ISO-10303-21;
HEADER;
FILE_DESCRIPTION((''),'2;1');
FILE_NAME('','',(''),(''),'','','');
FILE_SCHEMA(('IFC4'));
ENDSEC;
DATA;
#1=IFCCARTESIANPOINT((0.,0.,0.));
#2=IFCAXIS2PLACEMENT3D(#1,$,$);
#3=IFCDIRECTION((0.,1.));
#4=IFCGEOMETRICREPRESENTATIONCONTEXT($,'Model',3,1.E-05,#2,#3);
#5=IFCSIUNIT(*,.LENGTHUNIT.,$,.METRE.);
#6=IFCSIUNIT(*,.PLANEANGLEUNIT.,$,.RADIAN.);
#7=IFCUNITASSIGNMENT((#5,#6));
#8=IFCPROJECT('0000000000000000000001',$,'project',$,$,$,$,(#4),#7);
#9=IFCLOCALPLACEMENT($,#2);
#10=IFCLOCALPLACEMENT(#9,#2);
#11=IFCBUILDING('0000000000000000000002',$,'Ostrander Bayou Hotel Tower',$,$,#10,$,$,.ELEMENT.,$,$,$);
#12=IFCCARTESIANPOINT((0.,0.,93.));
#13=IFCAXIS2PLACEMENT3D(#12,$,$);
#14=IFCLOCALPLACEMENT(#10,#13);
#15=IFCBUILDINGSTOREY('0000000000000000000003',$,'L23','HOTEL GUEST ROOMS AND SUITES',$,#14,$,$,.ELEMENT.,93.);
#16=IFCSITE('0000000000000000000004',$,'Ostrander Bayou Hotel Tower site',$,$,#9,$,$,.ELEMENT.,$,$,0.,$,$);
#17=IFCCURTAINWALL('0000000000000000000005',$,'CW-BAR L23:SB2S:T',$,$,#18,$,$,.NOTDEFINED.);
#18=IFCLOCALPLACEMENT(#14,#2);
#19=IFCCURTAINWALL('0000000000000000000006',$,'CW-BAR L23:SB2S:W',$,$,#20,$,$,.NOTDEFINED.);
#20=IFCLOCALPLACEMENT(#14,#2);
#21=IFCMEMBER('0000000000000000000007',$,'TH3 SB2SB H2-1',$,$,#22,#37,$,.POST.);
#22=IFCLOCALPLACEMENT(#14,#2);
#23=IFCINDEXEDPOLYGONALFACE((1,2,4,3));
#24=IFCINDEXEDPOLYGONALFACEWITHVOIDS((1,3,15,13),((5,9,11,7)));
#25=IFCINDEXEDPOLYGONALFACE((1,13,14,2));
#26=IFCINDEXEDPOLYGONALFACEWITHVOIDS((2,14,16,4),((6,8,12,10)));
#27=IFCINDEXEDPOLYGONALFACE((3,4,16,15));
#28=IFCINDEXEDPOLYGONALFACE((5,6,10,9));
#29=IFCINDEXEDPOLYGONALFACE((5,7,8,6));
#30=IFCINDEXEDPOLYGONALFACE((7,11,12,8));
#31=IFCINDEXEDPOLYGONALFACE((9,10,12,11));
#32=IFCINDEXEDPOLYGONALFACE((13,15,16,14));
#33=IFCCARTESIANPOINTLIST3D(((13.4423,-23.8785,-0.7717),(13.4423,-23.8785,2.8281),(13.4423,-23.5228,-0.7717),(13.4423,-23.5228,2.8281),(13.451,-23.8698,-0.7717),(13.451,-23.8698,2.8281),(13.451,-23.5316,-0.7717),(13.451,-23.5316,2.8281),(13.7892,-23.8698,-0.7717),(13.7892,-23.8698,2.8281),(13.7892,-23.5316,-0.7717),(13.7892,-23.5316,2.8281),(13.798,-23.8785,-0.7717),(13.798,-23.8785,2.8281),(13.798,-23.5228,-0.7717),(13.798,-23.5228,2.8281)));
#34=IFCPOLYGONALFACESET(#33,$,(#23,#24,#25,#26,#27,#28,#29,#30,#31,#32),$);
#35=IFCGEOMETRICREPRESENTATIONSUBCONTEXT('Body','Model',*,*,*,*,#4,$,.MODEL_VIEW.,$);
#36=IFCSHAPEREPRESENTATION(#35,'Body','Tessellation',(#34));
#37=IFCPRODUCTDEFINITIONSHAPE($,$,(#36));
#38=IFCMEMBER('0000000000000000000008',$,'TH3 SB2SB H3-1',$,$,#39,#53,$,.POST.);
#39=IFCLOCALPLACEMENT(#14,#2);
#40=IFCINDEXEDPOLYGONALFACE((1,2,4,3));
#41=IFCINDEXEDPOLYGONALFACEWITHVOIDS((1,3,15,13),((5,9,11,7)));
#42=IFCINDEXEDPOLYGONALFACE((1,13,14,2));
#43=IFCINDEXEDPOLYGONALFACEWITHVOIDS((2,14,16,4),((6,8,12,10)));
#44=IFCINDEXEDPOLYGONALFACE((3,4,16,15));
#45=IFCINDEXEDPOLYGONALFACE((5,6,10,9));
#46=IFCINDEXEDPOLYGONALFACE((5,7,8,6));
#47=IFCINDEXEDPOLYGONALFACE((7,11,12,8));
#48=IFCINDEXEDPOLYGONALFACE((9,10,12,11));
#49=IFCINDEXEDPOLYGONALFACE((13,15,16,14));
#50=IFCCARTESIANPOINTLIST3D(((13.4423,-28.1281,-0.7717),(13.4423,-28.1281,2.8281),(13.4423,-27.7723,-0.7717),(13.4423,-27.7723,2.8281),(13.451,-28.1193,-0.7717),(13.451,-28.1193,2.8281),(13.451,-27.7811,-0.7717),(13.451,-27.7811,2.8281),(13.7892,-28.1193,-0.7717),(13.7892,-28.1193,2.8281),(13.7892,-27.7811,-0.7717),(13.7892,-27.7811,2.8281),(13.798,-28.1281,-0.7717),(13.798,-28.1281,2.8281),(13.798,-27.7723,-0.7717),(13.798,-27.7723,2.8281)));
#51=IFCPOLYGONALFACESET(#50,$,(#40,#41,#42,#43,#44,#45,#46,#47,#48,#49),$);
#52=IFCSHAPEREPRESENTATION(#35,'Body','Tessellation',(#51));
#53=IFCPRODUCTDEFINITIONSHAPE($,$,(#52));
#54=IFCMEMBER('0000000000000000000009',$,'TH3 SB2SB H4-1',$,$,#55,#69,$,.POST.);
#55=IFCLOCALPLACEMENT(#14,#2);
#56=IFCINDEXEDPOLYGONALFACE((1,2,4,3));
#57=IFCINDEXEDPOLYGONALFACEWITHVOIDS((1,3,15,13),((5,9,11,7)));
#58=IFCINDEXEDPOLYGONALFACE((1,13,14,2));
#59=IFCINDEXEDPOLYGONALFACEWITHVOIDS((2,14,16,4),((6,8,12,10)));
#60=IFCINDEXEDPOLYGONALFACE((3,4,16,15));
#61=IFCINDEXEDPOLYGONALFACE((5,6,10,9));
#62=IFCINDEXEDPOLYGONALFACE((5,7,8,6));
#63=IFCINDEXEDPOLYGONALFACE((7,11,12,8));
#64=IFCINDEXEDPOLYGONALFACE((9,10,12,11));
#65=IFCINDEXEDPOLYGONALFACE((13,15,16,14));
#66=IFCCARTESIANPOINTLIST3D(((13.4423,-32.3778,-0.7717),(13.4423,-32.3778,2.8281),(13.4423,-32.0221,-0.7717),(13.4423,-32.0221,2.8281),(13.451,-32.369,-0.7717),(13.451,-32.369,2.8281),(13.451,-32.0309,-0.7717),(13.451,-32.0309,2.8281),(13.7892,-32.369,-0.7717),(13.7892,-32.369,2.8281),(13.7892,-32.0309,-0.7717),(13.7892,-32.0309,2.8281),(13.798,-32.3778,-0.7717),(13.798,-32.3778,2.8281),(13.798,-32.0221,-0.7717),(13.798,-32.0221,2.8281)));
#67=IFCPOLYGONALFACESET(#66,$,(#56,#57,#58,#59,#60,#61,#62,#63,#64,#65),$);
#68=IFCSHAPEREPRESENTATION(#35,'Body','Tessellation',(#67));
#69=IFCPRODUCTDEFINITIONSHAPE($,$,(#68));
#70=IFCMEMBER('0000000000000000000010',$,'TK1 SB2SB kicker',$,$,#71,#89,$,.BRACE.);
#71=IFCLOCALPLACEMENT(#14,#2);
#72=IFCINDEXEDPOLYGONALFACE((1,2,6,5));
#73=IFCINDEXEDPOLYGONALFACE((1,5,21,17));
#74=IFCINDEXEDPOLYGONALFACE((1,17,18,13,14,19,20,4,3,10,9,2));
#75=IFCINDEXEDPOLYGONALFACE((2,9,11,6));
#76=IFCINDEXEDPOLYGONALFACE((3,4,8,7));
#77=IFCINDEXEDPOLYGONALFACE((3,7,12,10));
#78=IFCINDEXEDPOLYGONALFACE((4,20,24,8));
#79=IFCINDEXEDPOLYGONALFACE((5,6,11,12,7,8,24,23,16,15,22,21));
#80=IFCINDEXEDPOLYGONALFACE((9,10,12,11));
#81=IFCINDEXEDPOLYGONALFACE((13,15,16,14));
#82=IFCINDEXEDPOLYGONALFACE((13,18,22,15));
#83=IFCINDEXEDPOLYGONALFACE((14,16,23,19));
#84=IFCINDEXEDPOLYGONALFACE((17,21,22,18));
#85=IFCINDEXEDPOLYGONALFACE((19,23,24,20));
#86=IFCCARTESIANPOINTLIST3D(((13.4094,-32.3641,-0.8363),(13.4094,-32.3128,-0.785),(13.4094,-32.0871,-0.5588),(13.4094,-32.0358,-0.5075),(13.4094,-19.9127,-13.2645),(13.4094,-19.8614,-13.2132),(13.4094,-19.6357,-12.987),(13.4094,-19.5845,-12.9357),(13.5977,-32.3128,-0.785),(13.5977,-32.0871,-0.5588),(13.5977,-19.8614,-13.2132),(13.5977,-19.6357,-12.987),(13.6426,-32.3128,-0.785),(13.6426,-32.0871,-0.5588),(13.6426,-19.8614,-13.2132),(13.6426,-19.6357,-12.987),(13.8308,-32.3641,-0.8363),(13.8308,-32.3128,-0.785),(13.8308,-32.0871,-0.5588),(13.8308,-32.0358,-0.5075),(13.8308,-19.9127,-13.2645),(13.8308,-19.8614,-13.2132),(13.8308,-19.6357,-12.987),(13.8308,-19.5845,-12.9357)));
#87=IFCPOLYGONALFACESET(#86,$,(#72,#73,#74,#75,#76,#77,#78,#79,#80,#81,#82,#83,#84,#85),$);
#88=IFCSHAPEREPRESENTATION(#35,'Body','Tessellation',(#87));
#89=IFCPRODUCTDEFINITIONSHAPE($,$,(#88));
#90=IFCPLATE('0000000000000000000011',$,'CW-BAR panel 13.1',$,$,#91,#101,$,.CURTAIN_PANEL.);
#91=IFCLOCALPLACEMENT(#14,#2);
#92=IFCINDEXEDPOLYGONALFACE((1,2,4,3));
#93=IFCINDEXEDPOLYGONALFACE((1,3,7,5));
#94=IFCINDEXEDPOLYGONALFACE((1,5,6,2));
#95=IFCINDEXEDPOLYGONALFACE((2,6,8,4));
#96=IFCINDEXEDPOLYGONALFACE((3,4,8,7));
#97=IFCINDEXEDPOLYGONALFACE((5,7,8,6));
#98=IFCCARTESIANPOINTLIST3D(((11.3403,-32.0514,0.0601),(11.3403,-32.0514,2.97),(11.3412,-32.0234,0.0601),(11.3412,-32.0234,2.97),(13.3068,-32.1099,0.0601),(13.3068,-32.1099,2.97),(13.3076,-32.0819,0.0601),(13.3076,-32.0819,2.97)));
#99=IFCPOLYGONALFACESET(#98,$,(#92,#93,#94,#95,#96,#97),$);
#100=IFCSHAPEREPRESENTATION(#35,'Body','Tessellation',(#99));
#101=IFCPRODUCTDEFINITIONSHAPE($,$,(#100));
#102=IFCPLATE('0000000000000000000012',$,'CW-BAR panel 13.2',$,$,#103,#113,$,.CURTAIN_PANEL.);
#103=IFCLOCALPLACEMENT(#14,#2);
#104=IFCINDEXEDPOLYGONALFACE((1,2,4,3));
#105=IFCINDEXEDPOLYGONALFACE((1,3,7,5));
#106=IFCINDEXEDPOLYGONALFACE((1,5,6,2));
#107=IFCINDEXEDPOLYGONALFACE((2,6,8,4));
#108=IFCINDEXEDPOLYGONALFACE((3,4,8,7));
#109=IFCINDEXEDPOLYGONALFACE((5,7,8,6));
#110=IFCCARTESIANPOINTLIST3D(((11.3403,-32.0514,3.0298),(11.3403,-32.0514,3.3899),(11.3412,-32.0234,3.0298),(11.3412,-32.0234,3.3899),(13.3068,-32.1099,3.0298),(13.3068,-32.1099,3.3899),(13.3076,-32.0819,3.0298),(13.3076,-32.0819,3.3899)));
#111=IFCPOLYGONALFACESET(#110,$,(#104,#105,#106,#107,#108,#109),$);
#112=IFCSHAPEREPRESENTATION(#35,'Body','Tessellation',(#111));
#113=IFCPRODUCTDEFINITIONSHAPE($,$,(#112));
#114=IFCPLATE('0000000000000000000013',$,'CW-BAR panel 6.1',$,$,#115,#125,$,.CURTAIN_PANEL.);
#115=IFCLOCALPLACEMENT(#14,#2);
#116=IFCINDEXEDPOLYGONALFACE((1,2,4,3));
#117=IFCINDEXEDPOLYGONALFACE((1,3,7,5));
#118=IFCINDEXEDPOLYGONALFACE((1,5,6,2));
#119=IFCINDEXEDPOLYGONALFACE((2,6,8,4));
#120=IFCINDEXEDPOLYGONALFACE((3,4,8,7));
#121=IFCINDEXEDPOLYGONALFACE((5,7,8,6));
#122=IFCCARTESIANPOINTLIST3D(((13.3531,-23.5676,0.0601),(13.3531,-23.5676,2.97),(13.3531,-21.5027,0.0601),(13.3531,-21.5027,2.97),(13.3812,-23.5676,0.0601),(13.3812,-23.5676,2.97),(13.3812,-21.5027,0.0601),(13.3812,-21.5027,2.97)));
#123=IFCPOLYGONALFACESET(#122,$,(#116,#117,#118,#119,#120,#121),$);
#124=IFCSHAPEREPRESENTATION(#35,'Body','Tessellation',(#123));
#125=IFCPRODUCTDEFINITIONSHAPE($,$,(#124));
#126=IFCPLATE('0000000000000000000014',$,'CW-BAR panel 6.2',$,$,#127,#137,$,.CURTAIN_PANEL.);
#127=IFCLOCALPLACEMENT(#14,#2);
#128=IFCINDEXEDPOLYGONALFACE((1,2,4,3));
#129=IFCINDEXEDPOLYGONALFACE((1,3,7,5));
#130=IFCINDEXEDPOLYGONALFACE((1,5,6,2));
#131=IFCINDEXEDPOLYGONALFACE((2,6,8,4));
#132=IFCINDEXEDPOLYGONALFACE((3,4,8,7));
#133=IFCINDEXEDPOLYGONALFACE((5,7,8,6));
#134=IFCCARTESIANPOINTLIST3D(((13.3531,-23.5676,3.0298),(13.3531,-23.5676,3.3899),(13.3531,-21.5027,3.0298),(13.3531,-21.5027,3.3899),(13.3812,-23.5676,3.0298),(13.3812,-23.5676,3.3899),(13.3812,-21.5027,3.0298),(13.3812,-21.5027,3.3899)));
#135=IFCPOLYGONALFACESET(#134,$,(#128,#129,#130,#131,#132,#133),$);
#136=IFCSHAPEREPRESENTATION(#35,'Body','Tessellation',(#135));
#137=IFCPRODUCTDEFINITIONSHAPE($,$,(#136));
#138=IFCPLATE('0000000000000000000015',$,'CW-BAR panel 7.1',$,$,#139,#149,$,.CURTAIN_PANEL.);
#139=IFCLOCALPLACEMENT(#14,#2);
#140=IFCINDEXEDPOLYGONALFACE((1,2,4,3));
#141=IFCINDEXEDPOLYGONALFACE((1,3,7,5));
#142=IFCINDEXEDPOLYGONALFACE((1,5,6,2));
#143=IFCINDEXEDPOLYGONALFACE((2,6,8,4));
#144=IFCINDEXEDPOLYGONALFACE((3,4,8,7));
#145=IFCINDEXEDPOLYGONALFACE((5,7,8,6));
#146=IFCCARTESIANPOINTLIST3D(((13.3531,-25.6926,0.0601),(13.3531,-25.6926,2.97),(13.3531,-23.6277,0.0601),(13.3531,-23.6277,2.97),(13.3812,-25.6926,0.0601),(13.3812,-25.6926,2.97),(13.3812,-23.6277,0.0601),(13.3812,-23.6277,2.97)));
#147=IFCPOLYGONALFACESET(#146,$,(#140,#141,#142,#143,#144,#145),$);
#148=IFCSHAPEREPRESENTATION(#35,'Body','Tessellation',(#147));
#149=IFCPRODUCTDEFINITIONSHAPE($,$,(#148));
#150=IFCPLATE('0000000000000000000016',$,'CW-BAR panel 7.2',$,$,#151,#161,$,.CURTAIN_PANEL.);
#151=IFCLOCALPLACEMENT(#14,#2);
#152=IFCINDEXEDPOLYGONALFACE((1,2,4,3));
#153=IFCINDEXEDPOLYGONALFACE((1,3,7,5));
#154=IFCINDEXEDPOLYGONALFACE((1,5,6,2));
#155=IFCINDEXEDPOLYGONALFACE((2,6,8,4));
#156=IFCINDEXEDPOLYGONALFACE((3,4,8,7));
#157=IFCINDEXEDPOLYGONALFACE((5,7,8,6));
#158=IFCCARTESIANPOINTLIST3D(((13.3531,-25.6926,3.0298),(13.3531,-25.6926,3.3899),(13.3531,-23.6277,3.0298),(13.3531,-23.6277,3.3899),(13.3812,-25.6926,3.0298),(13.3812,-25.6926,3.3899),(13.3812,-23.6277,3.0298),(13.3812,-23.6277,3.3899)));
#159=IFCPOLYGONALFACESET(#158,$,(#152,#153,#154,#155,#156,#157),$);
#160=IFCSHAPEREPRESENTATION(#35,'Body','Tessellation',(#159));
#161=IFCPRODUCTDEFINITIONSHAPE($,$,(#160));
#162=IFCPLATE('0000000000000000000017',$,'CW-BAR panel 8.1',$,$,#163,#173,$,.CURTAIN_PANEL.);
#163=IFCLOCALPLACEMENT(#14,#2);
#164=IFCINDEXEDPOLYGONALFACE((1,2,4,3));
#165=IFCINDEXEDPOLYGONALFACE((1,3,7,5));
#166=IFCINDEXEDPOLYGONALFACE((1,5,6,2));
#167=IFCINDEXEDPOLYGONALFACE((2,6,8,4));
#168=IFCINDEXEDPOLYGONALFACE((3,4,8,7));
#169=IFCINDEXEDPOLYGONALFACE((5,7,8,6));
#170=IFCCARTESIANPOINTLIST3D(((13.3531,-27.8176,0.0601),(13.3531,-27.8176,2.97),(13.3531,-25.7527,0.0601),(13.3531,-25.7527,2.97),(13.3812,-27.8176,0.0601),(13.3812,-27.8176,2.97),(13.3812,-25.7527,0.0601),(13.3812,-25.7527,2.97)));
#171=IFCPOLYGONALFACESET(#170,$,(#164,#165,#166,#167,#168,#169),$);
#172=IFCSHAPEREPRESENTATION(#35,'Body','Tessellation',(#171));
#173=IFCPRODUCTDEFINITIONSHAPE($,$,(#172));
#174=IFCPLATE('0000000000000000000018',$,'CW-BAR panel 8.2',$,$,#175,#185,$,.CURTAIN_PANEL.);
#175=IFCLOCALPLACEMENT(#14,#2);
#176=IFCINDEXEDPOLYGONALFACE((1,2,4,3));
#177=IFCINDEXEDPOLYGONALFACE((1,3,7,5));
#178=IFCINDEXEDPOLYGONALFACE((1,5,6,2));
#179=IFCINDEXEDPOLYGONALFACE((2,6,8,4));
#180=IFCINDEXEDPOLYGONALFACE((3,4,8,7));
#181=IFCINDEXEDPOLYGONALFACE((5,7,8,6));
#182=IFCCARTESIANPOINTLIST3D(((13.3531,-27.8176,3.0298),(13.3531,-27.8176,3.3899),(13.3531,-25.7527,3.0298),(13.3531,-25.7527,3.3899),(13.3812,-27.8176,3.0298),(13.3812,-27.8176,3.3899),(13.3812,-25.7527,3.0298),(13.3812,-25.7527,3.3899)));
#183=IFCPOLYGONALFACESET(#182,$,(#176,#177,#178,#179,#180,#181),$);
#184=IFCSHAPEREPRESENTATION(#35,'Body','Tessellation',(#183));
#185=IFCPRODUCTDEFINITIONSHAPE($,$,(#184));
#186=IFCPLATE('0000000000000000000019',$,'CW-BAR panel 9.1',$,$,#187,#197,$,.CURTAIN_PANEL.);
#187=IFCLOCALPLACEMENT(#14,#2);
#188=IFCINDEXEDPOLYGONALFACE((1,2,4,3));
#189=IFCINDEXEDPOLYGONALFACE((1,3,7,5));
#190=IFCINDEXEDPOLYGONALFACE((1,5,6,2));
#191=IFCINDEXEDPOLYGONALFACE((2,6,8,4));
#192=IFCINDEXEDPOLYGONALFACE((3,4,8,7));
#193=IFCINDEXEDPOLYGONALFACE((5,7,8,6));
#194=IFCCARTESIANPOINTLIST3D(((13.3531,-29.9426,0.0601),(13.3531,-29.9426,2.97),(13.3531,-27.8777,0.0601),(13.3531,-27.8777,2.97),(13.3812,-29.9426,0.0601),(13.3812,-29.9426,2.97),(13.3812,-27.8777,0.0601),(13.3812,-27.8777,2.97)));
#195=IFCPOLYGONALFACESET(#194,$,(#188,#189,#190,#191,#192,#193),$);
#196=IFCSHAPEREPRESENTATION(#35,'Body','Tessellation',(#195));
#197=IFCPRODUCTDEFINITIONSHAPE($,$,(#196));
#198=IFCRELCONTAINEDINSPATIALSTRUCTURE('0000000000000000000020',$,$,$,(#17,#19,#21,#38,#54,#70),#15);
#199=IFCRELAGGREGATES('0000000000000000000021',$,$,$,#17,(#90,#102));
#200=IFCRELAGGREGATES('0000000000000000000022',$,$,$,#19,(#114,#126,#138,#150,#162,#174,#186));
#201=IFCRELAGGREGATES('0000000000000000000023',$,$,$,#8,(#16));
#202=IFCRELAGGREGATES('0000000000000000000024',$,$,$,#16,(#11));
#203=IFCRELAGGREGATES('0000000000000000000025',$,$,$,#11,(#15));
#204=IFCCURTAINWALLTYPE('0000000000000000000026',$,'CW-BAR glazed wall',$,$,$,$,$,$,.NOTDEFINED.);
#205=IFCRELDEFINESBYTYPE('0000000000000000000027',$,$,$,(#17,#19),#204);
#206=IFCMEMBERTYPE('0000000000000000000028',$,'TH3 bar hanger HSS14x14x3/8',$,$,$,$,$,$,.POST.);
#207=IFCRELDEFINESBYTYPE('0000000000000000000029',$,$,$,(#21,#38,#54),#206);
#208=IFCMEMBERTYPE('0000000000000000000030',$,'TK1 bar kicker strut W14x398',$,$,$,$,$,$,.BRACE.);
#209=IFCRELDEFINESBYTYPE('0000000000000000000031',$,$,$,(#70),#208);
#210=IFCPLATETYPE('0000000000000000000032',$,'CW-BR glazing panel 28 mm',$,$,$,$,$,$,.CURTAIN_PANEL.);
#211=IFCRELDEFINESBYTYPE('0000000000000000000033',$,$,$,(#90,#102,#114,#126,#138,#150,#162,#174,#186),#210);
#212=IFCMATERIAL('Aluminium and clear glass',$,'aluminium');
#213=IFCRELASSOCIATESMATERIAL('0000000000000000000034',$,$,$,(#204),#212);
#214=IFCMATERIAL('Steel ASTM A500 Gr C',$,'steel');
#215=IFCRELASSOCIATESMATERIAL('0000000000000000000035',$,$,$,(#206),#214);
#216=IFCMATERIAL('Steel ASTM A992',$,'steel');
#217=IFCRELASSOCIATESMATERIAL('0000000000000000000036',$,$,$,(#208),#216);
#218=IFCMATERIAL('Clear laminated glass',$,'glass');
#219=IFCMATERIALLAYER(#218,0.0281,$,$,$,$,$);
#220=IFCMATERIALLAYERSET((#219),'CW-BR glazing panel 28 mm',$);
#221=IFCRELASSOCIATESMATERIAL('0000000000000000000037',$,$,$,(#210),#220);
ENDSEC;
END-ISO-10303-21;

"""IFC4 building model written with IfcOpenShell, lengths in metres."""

from ifc_helpers import new_model, si_unit, direction, frame, origin, origin_2d, place, context, subcontext, project, spatial, rectangle, hollow_rectangle, i_section, extrude, material, layer, layer_set, material_profile, profile_set, type_object, element, aggregate, save


model = new_model("IFC4")

# Units and contexts
model_context = context("Model", 3, precision=1e-05, world=origin(), true_north=direction((0.0, 1.0)))
body_context = subcontext(model_context, "Body", "Model", "MODEL_VIEW")
ifc_project = project(units=[si_unit("LENGTHUNIT", "METRE"), si_unit("PLANEANGLEUNIT", "RADIAN")], contexts=[model_context])

# Site, building, storey
site_placement = place(None, origin())
site = spatial("IfcSite", under=ifc_project, at=site_placement, Name="Ostrander Bayou Hotel Tower site", CompositionType="ELEMENT", RefElevation=0.0)
building_placement = place(site_placement, origin())
building = spatial("IfcBuilding", under=site, at=building_placement, Name="Ostrander Bayou Hotel Tower", CompositionType="ELEMENT")
storey_placement = place(building_placement, frame((0.0, 0.0, 93.0)))
storey = spatial("IfcBuildingStorey", under=building, at=storey_placement, Name="L23", Description="HOTEL GUEST ROOMS AND SUITES", CompositionType="ELEMENT", Elevation=93.0)

# Curtain wall
ifc_material_1 = material(Name="Aluminium and clear glass", Category="aluminium")
curtain_wall_type = type_object("IfcCurtainWallType", Name="CW-BAR glazed wall", PredefinedType="NOTDEFINED", material=ifc_material_1)
curtain_wall_1_placement = place(storey_placement, origin())
curtain_wall_1 = element("IfcCurtainWall", 1, at=curtain_wall_1_placement, inside=storey, type_object=curtain_wall_type, Name="CW-BAR L23:SB2S:T", PredefinedType="NOTDEFINED")

# Curtain wall
curtain_wall_2_placement = place(storey_placement, origin())
curtain_wall_2 = element("IfcCurtainWall", 2, at=curtain_wall_2_placement, inside=storey, type_object=curtain_wall_type, Name="CW-BAR L23:SB2S:W", PredefinedType="NOTDEFINED")

# Members
ifc_material_2 = material(Name="Steel ASTM A500 Gr C", Category="steel")
ifc_material_profile_1 = material_profile(ifc_material_2, hollow_rectangle(XDim=0.3557, YDim=0.3557, WallThickness=0.0088, at=origin_2d()))
ifc_profile_set_1 = profile_set([ifc_material_profile_1], Name="Steel ASTM A500 Gr C")
member_type_1 = type_object("IfcMemberType", Name="TH3 bar hanger HSS14x14x3/8", PredefinedType="POST", material=ifc_profile_set_1)
for number, where, z_axis, x_axis, name in (
    (3, (13.6201, -23.7007, -0.7717), (0.0, 0.0, 1.0), (1.0, 0.0, 0.0), "TH3 SB2SB H2-1"),
    (4, (13.6201, -27.9502, -0.7717), (0.0, 0.0, 1.0), (1.0, 0.0, 0.0), "TH3 SB2SB H3-1"),
    (5, (13.6201, -32.2, -0.7717), (0.0, 0.0, 1.0), (1.0, 0.0, 0.0), "TH3 SB2SB H4-1"),
):
    element("IfcMember", number, at=place(storey_placement, frame(where, z_axis=z_axis, x_axis=x_axis)), inside=storey, type_object=member_type_1, Name=name, PredefinedType="POST", context=body_context, shape_type="SweptSolid", body=[
        extrude(hollow_rectangle(XDim=0.3557, YDim=0.3557, WallThickness=0.0088, at=origin_2d()), origin(), (0.0, 0.0, 1.0), 3.5999),
    ])
ifc_material_3 = material(Name="Steel ASTM A992", Category="steel")
ifc_material_profile_2 = material_profile(ifc_material_3, i_section(OverallWidth=0.4214, OverallDepth=0.4646, WebThickness=0.0449, FlangeThickness=0.0725, at=origin_2d()))
ifc_profile_set_2 = profile_set([ifc_material_profile_2], Name="Steel ASTM A992")
member_type_2 = type_object("IfcMemberType", Name="TK1 bar kicker strut W14x398", PredefinedType="BRACE", material=ifc_profile_set_2)
member_1_placement = place(storey_placement, frame((13.6201, -32.2, -0.6719), z_axis=(0.0, 0.707766, -0.706447), x_axis=(-1.0, 0.0, 0.0)))
element("IfcMember", 6, at=member_1_placement, inside=storey, type_object=member_type_2, Name="TK1 SB2SB kicker", PredefinedType="BRACE", context=body_context, shape_type="SweptSolid", body=[
    extrude(i_section(OverallWidth=0.4214, OverallDepth=0.4646, WebThickness=0.0449, FlangeThickness=0.0725, at=origin_2d()), origin(), (0.0, 0.0, 1.0), 17.5925),
])

# Plates
ifc_material_4 = material(Name="Clear laminated glass", Category="glass")
ifc_layer_1 = layer(ifc_material_4, 0.0281)
ifc_layer_set_1 = layer_set([ifc_layer_1], Name="CW-BR glazing panel 28 mm")
plate_type = type_object("IfcPlateType", Name="CW-BR glazing panel 28 mm", PredefinedType="CURTAIN_PANEL", material=ifc_layer_set_1)
plate_1_placement = place(storey_placement, frame((12.324, -32.0667, 0.0601), z_axis=(0.0, 0.0, 1.0), x_axis=(0.999557, -0.029746, 0.0)))
plate_1 = element("IfcPlate", 7, at=plate_1_placement, type_object=plate_type, Name="CW-BAR panel 13.1", PredefinedType="CURTAIN_PANEL", context=body_context, shape_type="SweptSolid", body=[
    extrude(rectangle(XDim=1.9673, YDim=0.0281, at=origin_2d()), origin(), (0.0, 0.0, 1.0), 2.9099),
])
plate_2_placement = place(storey_placement, frame((12.324, -32.0667, 3.0298), z_axis=(0.0, 0.0, 1.0), x_axis=(0.999557, -0.029746, 0.0)))
plate_2 = element("IfcPlate", 8, at=plate_2_placement, type_object=plate_type, Name="CW-BAR panel 13.2", PredefinedType="CURTAIN_PANEL", context=body_context, shape_type="SweptSolid", body=[
    extrude(rectangle(XDim=1.9673, YDim=0.0281, at=origin_2d()), origin(), (0.0, 0.0, 1.0), 0.3601),
])
aggregate(curtain_wall_1, [plate_1, plate_2])
plate_3_placement = place(storey_placement, frame((13.3672, -22.5352, 0.0601), z_axis=(0.0, 0.0, 1.0), x_axis=(0.0, -1.0, 0.0)))
plate_3 = element("IfcPlate", 9, at=plate_3_placement, type_object=plate_type, Name="CW-BAR panel 6.1", PredefinedType="CURTAIN_PANEL", context=body_context, shape_type="SweptSolid", body=[
    extrude(rectangle(XDim=2.0649, YDim=0.0281, at=origin_2d()), origin(), (0.0, 0.0, 1.0), 2.9099),
])
plate_4_placement = place(storey_placement, frame((13.3672, -22.5352, 3.0298), z_axis=(0.0, 0.0, 1.0), x_axis=(0.0, -1.0, 0.0)))
plate_4 = element("IfcPlate", 10, at=plate_4_placement, type_object=plate_type, Name="CW-BAR panel 6.2", PredefinedType="CURTAIN_PANEL", context=body_context, shape_type="SweptSolid", body=[
    extrude(rectangle(XDim=2.0649, YDim=0.0281, at=origin_2d()), origin(), (0.0, 0.0, 1.0), 0.3601),
])
plate_5_placement = place(storey_placement, frame((13.3672, -24.6602, 0.0601), z_axis=(0.0, 0.0, 1.0), x_axis=(0.0, -1.0, 0.0)))
plate_5 = element("IfcPlate", 11, at=plate_5_placement, type_object=plate_type, Name="CW-BAR panel 7.1", PredefinedType="CURTAIN_PANEL", context=body_context, shape_type="SweptSolid", body=[
    extrude(rectangle(XDim=2.0649, YDim=0.0281, at=origin_2d()), origin(), (0.0, 0.0, 1.0), 2.9099),
])
plate_6_placement = place(storey_placement, frame((13.3672, -24.6602, 3.0298), z_axis=(0.0, 0.0, 1.0), x_axis=(0.0, -1.0, 0.0)))
plate_6 = element("IfcPlate", 12, at=plate_6_placement, type_object=plate_type, Name="CW-BAR panel 7.2", PredefinedType="CURTAIN_PANEL", context=body_context, shape_type="SweptSolid", body=[
    extrude(rectangle(XDim=2.0649, YDim=0.0281, at=origin_2d()), origin(), (0.0, 0.0, 1.0), 0.3601),
])
plate_7_placement = place(storey_placement, frame((13.3672, -26.7852, 0.0601), z_axis=(0.0, 0.0, 1.0), x_axis=(0.0, -1.0, 0.0)))
plate_7 = element("IfcPlate", 13, at=plate_7_placement, type_object=plate_type, Name="CW-BAR panel 8.1", PredefinedType="CURTAIN_PANEL", context=body_context, shape_type="SweptSolid", body=[
    extrude(rectangle(XDim=2.0649, YDim=0.0281, at=origin_2d()), origin(), (0.0, 0.0, 1.0), 2.9099),
])
plate_8_placement = place(storey_placement, frame((13.3672, -26.7852, 3.0298), z_axis=(0.0, 0.0, 1.0), x_axis=(0.0, -1.0, 0.0)))
plate_8 = element("IfcPlate", 14, at=plate_8_placement, type_object=plate_type, Name="CW-BAR panel 8.2", PredefinedType="CURTAIN_PANEL", context=body_context, shape_type="SweptSolid", body=[
    extrude(rectangle(XDim=2.0649, YDim=0.0281, at=origin_2d()), origin(), (0.0, 0.0, 1.0), 0.3601),
])
plate_9_placement = place(storey_placement, frame((13.3672, -28.9102, 0.0601), z_axis=(0.0, 0.0, 1.0), x_axis=(0.0, -1.0, 0.0)))
plate_9 = element("IfcPlate", 15, at=plate_9_placement, type_object=plate_type, Name="CW-BAR panel 9.1", PredefinedType="CURTAIN_PANEL", context=body_context, shape_type="SweptSolid", body=[
    extrude(rectangle(XDim=2.0649, YDim=0.0281, at=origin_2d()), origin(), (0.0, 0.0, 1.0), 2.9099),
])
aggregate(curtain_wall_2, [plate_3, plate_4, plate_5, plate_6, plate_7, plate_8, plate_9])

save(model, "model.ifc")
